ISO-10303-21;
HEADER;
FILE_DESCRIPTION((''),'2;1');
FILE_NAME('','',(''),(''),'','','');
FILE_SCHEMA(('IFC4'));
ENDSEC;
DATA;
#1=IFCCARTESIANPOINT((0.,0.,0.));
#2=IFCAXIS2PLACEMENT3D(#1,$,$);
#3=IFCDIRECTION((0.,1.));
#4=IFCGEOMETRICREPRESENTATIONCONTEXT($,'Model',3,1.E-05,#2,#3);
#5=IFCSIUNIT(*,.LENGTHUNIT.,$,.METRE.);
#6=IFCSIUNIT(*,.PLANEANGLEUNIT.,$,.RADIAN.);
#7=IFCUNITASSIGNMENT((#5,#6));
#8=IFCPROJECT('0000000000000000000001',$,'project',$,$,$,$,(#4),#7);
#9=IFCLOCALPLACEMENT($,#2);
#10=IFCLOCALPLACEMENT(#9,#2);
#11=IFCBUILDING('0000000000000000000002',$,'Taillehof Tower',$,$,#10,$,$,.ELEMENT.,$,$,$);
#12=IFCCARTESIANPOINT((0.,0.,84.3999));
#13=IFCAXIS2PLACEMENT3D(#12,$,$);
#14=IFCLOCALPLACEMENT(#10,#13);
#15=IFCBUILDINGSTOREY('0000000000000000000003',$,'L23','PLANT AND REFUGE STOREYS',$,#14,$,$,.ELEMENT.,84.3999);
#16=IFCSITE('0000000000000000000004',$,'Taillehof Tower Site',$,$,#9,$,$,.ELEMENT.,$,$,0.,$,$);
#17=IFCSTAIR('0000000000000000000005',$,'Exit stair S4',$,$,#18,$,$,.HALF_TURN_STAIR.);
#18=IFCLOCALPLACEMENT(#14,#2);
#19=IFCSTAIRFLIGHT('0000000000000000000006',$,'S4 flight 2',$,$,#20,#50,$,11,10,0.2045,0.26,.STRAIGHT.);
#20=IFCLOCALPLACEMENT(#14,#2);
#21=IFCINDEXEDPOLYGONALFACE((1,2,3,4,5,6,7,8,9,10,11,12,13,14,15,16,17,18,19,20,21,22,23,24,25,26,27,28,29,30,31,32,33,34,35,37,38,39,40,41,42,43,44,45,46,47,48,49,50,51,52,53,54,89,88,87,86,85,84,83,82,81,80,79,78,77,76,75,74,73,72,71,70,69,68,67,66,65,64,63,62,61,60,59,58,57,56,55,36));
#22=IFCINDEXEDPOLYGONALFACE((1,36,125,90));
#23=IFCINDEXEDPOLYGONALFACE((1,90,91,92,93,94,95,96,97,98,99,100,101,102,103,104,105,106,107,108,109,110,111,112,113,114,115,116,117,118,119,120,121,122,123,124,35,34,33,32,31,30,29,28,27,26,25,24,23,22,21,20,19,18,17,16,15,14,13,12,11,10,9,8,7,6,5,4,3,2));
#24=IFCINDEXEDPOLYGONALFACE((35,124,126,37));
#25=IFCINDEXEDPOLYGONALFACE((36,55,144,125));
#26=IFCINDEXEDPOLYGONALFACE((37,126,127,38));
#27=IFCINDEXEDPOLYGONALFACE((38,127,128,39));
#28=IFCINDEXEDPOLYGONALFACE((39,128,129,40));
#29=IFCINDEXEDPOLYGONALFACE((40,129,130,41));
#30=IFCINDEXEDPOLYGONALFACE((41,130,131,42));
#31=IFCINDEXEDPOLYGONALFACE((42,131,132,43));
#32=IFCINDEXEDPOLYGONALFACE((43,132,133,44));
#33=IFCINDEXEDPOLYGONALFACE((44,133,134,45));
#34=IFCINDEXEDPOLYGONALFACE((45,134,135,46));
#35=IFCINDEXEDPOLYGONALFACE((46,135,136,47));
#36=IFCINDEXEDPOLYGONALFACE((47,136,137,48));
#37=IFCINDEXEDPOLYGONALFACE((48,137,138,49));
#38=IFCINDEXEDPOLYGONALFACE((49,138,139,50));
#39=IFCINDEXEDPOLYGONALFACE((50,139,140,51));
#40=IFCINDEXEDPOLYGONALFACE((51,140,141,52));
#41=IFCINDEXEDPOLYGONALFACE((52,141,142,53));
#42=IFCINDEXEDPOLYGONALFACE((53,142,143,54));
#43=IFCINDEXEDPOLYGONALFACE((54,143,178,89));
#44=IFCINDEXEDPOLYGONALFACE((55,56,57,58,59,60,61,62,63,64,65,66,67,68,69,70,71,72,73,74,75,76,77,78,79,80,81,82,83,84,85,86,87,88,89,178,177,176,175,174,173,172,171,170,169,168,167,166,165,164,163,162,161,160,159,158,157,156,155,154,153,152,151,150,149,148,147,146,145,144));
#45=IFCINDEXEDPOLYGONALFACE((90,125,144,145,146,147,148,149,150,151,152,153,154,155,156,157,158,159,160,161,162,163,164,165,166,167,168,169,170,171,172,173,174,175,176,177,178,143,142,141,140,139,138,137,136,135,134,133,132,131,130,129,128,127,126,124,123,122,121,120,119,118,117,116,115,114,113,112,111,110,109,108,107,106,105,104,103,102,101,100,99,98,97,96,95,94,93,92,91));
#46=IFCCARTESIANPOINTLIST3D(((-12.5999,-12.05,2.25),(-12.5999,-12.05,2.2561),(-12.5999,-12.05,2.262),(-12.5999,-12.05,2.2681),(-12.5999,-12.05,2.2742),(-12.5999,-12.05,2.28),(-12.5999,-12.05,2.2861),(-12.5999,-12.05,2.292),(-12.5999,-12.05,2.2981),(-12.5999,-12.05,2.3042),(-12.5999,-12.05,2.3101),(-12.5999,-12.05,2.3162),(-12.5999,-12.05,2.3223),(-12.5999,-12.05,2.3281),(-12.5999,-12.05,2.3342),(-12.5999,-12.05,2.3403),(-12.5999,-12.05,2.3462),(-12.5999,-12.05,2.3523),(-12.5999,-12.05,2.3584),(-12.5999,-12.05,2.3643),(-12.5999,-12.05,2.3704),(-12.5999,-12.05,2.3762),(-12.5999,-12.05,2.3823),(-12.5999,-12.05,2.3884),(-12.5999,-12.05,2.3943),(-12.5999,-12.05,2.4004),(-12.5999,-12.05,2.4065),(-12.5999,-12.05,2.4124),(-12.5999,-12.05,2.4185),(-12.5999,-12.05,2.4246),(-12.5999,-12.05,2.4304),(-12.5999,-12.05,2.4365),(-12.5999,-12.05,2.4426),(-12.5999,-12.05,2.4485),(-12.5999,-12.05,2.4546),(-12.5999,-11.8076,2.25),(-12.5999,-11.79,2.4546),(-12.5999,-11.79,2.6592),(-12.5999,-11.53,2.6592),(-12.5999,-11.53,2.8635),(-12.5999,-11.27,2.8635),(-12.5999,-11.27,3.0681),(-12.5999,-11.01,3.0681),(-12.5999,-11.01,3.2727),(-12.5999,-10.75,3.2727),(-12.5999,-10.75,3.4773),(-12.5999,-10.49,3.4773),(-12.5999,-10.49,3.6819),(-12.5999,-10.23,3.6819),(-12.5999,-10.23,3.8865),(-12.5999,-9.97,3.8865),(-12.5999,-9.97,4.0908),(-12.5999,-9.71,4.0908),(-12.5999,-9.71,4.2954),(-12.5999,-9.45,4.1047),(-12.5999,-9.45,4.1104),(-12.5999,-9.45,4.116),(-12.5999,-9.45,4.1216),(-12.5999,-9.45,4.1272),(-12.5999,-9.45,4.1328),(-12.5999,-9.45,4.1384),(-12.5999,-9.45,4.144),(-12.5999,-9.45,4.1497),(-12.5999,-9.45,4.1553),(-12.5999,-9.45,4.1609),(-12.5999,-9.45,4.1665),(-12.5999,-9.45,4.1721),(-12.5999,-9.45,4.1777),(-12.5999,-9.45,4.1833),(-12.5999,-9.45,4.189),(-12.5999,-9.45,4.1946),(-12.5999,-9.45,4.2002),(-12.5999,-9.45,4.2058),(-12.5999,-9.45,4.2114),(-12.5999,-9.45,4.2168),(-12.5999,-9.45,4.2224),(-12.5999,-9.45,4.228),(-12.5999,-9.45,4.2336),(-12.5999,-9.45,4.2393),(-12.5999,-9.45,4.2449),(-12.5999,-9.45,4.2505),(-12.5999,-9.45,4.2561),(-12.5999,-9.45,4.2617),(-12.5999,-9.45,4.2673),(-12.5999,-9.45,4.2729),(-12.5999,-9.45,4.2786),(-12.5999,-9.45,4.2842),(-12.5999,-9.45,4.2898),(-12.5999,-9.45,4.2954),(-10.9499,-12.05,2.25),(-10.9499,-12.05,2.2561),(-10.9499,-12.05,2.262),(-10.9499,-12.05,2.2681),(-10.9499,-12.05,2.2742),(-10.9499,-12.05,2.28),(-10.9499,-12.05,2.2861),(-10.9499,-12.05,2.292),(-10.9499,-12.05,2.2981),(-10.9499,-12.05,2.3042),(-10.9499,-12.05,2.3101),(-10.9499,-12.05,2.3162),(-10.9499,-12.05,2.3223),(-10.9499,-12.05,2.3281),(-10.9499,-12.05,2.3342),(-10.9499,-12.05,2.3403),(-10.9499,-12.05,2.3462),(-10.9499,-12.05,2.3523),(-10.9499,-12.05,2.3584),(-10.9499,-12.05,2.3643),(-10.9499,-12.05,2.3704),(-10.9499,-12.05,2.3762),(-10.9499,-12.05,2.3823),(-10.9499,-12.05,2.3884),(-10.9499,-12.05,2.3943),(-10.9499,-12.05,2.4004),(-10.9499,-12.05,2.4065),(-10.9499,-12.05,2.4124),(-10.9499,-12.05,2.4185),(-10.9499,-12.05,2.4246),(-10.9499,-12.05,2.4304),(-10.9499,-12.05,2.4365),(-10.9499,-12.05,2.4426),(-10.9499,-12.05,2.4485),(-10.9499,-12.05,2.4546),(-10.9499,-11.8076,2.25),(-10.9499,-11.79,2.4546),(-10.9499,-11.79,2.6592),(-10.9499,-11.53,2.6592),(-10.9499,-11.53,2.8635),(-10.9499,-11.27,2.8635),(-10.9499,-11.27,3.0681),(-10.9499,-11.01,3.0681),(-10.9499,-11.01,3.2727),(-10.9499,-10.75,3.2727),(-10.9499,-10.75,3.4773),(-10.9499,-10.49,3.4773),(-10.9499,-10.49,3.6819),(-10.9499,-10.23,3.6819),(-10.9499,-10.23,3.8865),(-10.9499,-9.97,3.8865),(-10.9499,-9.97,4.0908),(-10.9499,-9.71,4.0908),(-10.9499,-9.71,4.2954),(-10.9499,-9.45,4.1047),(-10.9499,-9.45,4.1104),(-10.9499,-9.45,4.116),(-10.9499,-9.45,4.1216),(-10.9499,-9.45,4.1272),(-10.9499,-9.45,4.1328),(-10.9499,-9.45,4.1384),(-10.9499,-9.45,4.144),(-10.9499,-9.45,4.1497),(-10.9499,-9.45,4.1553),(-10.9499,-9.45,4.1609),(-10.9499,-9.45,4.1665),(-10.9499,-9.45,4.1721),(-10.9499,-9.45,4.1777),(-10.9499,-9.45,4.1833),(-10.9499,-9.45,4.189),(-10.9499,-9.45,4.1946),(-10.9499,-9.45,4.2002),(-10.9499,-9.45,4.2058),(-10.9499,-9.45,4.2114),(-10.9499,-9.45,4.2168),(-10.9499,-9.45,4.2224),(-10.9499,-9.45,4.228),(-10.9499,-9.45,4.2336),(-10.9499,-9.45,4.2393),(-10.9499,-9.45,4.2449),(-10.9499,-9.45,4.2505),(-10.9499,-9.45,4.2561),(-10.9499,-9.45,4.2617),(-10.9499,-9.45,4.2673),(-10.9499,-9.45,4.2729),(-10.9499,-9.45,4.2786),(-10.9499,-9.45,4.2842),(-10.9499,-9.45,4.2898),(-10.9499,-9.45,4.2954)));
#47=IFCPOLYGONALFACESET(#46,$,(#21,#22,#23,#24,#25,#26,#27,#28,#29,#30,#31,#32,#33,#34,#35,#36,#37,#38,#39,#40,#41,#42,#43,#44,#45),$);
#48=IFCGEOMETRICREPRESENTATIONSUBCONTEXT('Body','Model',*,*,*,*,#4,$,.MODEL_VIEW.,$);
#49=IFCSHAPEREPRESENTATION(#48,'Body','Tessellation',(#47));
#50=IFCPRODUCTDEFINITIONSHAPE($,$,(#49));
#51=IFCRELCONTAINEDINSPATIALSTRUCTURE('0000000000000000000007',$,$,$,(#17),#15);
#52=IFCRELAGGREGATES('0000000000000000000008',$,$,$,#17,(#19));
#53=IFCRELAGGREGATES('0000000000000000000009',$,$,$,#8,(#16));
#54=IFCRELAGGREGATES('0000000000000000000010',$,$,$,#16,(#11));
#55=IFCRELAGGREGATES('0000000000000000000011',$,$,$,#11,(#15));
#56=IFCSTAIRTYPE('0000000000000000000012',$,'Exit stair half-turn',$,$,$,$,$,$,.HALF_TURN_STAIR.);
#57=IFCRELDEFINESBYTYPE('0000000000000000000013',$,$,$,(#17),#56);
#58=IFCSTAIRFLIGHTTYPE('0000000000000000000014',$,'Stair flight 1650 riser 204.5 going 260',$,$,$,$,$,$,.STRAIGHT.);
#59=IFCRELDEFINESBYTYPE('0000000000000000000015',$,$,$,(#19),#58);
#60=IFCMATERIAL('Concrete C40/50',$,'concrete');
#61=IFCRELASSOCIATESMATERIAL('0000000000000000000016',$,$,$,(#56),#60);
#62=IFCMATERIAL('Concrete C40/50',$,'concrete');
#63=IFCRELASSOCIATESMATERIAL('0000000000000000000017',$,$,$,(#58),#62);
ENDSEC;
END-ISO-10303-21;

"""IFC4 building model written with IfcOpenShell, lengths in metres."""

from ifc_helpers import new_model, si_unit, direction, frame, origin, place, context, subcontext, project, spatial, polyline, outline, extrude, material, type_object, element, aggregate, save


model = new_model("IFC4")

# Units and contexts
model_context = context("Model", 3, precision=1e-05, world=origin(), true_north=direction((0.0, 1.0)))
body_context = subcontext(model_context, "Body", "Model", "MODEL_VIEW")
ifc_project = project(units=[si_unit("LENGTHUNIT", "METRE"), si_unit("PLANEANGLEUNIT", "RADIAN")], contexts=[model_context])

# Site, building, storey
site_placement = place(None, origin())
site = spatial("IfcSite", under=ifc_project, at=site_placement, Name="Taillehof Tower Site", CompositionType="ELEMENT", RefElevation=0.0)
building_placement = place(site_placement, origin())
building = spatial("IfcBuilding", under=site, at=building_placement, Name="Taillehof Tower", CompositionType="ELEMENT")
storey_placement = place(building_placement, frame((0.0, 0.0, 84.3999)))
storey = spatial("IfcBuildingStorey", under=building, at=storey_placement, Name="L23", Description="PLANT AND REFUGE STOREYS", CompositionType="ELEMENT", Elevation=84.3999)

# Stair, stair flight
ifc_material_1 = material(Name="Concrete C40/50", Category="concrete")
stair_type = type_object("IfcStairType", Name="Exit stair half-turn", PredefinedType="HALF_TURN_STAIR", material=ifc_material_1)
stair_placement = place(storey_placement, origin())
stair = element("IfcStair", 1, at=stair_placement, inside=storey, type_object=stair_type, Name="Exit stair S4", PredefinedType="HALF_TURN_STAIR")
ifc_material_2 = material(Name="Concrete C40/50", Category="concrete")
stair_flight_type = type_object("IfcStairFlightType", Name="Stair flight 1650 riser 204.5 going 260", PredefinedType="STRAIGHT", material=ifc_material_2)
stair_flight_1_placement = place(storey_placement, frame((-11.7749, -12.05, 2.25), z_axis=(0.0, 0.0, 1.0), x_axis=(0.0, 1.0, 0.0)))
stair_flight_1 = element("IfcStairFlight", 2, at=stair_flight_1_placement, type_object=stair_flight_type, Name="S4 flight 2", NumberOfRisers=11, NumberOfTreads=10, PredefinedType="STRAIGHT", RiserHeight=0.2045, TreadLength=0.26, context=body_context, shape_type="SweptSolid", body=[
    extrude(outline(polyline([(0.0, 0.0), (0.0, 0.0061), (0.0, 0.012), (0.0, 0.0181), (0.0, 0.0242), (0.0, 0.03), (0.0, 0.0361), (0.0, 0.042), (0.0, 0.0481), (0.0, 0.0542), (0.0, 0.0601), (0.0, 0.0662), (0.0, 0.0723), (0.0, 0.0781), (0.0, 0.0842), (0.0, 0.0903), (0.0, 0.0962), (0.0, 0.1023), (0.0, 0.1084), (0.0, 0.1143), (0.0, 0.1204), (0.0, 0.1262), (0.0, 0.1323), (0.0, 0.1384), (0.0, 0.1443), (0.0, 0.1504), (0.0, 0.1565), (0.0, 0.1624), (0.0, 0.1685), (0.0, 0.1746), (0.0, 0.1804), (0.0, 0.1865), (0.0, 0.1926), (0.0, 0.1985), (0.0, 0.2046), (0.26, 0.2046), (0.26, 0.4092), (0.52, 0.4092), (0.52, 0.6135), (0.78, 0.6135), (0.78, 0.8181), (1.04, 0.8181), (1.04, 1.0227), (1.3, 1.0227), (1.3, 1.2273), (1.5601, 1.2273), (1.5601, 1.4319), (1.8201, 1.4319), (1.8201, 1.6365), (2.0801, 1.6365), (2.0801, 1.8408), (2.3401, 1.8408), (2.3401, 2.0454), (2.6001, 2.0454), (2.6001, 2.0398), (2.6001, 2.0342), (2.6001, 2.0286), (2.6001, 2.0229), (2.6001, 2.0173), (2.6001, 2.0117), (2.6001, 2.0061), (2.6001, 2.0005), (2.6001, 1.9949), (2.6001, 1.9893), (2.6001, 1.9836), (2.6001, 1.978), (2.6001, 1.9724), (2.6001, 1.9668), (2.6001, 1.9614), (2.6001, 1.9558), (2.6001, 1.9502), (2.6001, 1.9446), (2.6001, 1.939), (2.6001, 1.9333), (2.6001, 1.9277), (2.6001, 1.9221), (2.6001, 1.9165), (2.6001, 1.9109), (2.6001, 1.9053), (2.6001, 1.8997), (2.6001, 1.894), (2.6001, 1.8884), (2.6001, 1.8828), (2.6001, 1.8772), (2.6001, 1.8716), (2.6001, 1.866), (2.6001, 1.8604), (2.6001, 1.8547), (0.2424, 0.0), (0.0, 0.0)])), frame((0.0, 0.825, 0.0), z_axis=(0.0, -1.0, 0.0), x_axis=(1.0, 0.0, 0.0)), (0.0, 0.0, 1.0), 1.65),
])
aggregate(stair, [stair_flight_1])

save(model, "model.ifc")
